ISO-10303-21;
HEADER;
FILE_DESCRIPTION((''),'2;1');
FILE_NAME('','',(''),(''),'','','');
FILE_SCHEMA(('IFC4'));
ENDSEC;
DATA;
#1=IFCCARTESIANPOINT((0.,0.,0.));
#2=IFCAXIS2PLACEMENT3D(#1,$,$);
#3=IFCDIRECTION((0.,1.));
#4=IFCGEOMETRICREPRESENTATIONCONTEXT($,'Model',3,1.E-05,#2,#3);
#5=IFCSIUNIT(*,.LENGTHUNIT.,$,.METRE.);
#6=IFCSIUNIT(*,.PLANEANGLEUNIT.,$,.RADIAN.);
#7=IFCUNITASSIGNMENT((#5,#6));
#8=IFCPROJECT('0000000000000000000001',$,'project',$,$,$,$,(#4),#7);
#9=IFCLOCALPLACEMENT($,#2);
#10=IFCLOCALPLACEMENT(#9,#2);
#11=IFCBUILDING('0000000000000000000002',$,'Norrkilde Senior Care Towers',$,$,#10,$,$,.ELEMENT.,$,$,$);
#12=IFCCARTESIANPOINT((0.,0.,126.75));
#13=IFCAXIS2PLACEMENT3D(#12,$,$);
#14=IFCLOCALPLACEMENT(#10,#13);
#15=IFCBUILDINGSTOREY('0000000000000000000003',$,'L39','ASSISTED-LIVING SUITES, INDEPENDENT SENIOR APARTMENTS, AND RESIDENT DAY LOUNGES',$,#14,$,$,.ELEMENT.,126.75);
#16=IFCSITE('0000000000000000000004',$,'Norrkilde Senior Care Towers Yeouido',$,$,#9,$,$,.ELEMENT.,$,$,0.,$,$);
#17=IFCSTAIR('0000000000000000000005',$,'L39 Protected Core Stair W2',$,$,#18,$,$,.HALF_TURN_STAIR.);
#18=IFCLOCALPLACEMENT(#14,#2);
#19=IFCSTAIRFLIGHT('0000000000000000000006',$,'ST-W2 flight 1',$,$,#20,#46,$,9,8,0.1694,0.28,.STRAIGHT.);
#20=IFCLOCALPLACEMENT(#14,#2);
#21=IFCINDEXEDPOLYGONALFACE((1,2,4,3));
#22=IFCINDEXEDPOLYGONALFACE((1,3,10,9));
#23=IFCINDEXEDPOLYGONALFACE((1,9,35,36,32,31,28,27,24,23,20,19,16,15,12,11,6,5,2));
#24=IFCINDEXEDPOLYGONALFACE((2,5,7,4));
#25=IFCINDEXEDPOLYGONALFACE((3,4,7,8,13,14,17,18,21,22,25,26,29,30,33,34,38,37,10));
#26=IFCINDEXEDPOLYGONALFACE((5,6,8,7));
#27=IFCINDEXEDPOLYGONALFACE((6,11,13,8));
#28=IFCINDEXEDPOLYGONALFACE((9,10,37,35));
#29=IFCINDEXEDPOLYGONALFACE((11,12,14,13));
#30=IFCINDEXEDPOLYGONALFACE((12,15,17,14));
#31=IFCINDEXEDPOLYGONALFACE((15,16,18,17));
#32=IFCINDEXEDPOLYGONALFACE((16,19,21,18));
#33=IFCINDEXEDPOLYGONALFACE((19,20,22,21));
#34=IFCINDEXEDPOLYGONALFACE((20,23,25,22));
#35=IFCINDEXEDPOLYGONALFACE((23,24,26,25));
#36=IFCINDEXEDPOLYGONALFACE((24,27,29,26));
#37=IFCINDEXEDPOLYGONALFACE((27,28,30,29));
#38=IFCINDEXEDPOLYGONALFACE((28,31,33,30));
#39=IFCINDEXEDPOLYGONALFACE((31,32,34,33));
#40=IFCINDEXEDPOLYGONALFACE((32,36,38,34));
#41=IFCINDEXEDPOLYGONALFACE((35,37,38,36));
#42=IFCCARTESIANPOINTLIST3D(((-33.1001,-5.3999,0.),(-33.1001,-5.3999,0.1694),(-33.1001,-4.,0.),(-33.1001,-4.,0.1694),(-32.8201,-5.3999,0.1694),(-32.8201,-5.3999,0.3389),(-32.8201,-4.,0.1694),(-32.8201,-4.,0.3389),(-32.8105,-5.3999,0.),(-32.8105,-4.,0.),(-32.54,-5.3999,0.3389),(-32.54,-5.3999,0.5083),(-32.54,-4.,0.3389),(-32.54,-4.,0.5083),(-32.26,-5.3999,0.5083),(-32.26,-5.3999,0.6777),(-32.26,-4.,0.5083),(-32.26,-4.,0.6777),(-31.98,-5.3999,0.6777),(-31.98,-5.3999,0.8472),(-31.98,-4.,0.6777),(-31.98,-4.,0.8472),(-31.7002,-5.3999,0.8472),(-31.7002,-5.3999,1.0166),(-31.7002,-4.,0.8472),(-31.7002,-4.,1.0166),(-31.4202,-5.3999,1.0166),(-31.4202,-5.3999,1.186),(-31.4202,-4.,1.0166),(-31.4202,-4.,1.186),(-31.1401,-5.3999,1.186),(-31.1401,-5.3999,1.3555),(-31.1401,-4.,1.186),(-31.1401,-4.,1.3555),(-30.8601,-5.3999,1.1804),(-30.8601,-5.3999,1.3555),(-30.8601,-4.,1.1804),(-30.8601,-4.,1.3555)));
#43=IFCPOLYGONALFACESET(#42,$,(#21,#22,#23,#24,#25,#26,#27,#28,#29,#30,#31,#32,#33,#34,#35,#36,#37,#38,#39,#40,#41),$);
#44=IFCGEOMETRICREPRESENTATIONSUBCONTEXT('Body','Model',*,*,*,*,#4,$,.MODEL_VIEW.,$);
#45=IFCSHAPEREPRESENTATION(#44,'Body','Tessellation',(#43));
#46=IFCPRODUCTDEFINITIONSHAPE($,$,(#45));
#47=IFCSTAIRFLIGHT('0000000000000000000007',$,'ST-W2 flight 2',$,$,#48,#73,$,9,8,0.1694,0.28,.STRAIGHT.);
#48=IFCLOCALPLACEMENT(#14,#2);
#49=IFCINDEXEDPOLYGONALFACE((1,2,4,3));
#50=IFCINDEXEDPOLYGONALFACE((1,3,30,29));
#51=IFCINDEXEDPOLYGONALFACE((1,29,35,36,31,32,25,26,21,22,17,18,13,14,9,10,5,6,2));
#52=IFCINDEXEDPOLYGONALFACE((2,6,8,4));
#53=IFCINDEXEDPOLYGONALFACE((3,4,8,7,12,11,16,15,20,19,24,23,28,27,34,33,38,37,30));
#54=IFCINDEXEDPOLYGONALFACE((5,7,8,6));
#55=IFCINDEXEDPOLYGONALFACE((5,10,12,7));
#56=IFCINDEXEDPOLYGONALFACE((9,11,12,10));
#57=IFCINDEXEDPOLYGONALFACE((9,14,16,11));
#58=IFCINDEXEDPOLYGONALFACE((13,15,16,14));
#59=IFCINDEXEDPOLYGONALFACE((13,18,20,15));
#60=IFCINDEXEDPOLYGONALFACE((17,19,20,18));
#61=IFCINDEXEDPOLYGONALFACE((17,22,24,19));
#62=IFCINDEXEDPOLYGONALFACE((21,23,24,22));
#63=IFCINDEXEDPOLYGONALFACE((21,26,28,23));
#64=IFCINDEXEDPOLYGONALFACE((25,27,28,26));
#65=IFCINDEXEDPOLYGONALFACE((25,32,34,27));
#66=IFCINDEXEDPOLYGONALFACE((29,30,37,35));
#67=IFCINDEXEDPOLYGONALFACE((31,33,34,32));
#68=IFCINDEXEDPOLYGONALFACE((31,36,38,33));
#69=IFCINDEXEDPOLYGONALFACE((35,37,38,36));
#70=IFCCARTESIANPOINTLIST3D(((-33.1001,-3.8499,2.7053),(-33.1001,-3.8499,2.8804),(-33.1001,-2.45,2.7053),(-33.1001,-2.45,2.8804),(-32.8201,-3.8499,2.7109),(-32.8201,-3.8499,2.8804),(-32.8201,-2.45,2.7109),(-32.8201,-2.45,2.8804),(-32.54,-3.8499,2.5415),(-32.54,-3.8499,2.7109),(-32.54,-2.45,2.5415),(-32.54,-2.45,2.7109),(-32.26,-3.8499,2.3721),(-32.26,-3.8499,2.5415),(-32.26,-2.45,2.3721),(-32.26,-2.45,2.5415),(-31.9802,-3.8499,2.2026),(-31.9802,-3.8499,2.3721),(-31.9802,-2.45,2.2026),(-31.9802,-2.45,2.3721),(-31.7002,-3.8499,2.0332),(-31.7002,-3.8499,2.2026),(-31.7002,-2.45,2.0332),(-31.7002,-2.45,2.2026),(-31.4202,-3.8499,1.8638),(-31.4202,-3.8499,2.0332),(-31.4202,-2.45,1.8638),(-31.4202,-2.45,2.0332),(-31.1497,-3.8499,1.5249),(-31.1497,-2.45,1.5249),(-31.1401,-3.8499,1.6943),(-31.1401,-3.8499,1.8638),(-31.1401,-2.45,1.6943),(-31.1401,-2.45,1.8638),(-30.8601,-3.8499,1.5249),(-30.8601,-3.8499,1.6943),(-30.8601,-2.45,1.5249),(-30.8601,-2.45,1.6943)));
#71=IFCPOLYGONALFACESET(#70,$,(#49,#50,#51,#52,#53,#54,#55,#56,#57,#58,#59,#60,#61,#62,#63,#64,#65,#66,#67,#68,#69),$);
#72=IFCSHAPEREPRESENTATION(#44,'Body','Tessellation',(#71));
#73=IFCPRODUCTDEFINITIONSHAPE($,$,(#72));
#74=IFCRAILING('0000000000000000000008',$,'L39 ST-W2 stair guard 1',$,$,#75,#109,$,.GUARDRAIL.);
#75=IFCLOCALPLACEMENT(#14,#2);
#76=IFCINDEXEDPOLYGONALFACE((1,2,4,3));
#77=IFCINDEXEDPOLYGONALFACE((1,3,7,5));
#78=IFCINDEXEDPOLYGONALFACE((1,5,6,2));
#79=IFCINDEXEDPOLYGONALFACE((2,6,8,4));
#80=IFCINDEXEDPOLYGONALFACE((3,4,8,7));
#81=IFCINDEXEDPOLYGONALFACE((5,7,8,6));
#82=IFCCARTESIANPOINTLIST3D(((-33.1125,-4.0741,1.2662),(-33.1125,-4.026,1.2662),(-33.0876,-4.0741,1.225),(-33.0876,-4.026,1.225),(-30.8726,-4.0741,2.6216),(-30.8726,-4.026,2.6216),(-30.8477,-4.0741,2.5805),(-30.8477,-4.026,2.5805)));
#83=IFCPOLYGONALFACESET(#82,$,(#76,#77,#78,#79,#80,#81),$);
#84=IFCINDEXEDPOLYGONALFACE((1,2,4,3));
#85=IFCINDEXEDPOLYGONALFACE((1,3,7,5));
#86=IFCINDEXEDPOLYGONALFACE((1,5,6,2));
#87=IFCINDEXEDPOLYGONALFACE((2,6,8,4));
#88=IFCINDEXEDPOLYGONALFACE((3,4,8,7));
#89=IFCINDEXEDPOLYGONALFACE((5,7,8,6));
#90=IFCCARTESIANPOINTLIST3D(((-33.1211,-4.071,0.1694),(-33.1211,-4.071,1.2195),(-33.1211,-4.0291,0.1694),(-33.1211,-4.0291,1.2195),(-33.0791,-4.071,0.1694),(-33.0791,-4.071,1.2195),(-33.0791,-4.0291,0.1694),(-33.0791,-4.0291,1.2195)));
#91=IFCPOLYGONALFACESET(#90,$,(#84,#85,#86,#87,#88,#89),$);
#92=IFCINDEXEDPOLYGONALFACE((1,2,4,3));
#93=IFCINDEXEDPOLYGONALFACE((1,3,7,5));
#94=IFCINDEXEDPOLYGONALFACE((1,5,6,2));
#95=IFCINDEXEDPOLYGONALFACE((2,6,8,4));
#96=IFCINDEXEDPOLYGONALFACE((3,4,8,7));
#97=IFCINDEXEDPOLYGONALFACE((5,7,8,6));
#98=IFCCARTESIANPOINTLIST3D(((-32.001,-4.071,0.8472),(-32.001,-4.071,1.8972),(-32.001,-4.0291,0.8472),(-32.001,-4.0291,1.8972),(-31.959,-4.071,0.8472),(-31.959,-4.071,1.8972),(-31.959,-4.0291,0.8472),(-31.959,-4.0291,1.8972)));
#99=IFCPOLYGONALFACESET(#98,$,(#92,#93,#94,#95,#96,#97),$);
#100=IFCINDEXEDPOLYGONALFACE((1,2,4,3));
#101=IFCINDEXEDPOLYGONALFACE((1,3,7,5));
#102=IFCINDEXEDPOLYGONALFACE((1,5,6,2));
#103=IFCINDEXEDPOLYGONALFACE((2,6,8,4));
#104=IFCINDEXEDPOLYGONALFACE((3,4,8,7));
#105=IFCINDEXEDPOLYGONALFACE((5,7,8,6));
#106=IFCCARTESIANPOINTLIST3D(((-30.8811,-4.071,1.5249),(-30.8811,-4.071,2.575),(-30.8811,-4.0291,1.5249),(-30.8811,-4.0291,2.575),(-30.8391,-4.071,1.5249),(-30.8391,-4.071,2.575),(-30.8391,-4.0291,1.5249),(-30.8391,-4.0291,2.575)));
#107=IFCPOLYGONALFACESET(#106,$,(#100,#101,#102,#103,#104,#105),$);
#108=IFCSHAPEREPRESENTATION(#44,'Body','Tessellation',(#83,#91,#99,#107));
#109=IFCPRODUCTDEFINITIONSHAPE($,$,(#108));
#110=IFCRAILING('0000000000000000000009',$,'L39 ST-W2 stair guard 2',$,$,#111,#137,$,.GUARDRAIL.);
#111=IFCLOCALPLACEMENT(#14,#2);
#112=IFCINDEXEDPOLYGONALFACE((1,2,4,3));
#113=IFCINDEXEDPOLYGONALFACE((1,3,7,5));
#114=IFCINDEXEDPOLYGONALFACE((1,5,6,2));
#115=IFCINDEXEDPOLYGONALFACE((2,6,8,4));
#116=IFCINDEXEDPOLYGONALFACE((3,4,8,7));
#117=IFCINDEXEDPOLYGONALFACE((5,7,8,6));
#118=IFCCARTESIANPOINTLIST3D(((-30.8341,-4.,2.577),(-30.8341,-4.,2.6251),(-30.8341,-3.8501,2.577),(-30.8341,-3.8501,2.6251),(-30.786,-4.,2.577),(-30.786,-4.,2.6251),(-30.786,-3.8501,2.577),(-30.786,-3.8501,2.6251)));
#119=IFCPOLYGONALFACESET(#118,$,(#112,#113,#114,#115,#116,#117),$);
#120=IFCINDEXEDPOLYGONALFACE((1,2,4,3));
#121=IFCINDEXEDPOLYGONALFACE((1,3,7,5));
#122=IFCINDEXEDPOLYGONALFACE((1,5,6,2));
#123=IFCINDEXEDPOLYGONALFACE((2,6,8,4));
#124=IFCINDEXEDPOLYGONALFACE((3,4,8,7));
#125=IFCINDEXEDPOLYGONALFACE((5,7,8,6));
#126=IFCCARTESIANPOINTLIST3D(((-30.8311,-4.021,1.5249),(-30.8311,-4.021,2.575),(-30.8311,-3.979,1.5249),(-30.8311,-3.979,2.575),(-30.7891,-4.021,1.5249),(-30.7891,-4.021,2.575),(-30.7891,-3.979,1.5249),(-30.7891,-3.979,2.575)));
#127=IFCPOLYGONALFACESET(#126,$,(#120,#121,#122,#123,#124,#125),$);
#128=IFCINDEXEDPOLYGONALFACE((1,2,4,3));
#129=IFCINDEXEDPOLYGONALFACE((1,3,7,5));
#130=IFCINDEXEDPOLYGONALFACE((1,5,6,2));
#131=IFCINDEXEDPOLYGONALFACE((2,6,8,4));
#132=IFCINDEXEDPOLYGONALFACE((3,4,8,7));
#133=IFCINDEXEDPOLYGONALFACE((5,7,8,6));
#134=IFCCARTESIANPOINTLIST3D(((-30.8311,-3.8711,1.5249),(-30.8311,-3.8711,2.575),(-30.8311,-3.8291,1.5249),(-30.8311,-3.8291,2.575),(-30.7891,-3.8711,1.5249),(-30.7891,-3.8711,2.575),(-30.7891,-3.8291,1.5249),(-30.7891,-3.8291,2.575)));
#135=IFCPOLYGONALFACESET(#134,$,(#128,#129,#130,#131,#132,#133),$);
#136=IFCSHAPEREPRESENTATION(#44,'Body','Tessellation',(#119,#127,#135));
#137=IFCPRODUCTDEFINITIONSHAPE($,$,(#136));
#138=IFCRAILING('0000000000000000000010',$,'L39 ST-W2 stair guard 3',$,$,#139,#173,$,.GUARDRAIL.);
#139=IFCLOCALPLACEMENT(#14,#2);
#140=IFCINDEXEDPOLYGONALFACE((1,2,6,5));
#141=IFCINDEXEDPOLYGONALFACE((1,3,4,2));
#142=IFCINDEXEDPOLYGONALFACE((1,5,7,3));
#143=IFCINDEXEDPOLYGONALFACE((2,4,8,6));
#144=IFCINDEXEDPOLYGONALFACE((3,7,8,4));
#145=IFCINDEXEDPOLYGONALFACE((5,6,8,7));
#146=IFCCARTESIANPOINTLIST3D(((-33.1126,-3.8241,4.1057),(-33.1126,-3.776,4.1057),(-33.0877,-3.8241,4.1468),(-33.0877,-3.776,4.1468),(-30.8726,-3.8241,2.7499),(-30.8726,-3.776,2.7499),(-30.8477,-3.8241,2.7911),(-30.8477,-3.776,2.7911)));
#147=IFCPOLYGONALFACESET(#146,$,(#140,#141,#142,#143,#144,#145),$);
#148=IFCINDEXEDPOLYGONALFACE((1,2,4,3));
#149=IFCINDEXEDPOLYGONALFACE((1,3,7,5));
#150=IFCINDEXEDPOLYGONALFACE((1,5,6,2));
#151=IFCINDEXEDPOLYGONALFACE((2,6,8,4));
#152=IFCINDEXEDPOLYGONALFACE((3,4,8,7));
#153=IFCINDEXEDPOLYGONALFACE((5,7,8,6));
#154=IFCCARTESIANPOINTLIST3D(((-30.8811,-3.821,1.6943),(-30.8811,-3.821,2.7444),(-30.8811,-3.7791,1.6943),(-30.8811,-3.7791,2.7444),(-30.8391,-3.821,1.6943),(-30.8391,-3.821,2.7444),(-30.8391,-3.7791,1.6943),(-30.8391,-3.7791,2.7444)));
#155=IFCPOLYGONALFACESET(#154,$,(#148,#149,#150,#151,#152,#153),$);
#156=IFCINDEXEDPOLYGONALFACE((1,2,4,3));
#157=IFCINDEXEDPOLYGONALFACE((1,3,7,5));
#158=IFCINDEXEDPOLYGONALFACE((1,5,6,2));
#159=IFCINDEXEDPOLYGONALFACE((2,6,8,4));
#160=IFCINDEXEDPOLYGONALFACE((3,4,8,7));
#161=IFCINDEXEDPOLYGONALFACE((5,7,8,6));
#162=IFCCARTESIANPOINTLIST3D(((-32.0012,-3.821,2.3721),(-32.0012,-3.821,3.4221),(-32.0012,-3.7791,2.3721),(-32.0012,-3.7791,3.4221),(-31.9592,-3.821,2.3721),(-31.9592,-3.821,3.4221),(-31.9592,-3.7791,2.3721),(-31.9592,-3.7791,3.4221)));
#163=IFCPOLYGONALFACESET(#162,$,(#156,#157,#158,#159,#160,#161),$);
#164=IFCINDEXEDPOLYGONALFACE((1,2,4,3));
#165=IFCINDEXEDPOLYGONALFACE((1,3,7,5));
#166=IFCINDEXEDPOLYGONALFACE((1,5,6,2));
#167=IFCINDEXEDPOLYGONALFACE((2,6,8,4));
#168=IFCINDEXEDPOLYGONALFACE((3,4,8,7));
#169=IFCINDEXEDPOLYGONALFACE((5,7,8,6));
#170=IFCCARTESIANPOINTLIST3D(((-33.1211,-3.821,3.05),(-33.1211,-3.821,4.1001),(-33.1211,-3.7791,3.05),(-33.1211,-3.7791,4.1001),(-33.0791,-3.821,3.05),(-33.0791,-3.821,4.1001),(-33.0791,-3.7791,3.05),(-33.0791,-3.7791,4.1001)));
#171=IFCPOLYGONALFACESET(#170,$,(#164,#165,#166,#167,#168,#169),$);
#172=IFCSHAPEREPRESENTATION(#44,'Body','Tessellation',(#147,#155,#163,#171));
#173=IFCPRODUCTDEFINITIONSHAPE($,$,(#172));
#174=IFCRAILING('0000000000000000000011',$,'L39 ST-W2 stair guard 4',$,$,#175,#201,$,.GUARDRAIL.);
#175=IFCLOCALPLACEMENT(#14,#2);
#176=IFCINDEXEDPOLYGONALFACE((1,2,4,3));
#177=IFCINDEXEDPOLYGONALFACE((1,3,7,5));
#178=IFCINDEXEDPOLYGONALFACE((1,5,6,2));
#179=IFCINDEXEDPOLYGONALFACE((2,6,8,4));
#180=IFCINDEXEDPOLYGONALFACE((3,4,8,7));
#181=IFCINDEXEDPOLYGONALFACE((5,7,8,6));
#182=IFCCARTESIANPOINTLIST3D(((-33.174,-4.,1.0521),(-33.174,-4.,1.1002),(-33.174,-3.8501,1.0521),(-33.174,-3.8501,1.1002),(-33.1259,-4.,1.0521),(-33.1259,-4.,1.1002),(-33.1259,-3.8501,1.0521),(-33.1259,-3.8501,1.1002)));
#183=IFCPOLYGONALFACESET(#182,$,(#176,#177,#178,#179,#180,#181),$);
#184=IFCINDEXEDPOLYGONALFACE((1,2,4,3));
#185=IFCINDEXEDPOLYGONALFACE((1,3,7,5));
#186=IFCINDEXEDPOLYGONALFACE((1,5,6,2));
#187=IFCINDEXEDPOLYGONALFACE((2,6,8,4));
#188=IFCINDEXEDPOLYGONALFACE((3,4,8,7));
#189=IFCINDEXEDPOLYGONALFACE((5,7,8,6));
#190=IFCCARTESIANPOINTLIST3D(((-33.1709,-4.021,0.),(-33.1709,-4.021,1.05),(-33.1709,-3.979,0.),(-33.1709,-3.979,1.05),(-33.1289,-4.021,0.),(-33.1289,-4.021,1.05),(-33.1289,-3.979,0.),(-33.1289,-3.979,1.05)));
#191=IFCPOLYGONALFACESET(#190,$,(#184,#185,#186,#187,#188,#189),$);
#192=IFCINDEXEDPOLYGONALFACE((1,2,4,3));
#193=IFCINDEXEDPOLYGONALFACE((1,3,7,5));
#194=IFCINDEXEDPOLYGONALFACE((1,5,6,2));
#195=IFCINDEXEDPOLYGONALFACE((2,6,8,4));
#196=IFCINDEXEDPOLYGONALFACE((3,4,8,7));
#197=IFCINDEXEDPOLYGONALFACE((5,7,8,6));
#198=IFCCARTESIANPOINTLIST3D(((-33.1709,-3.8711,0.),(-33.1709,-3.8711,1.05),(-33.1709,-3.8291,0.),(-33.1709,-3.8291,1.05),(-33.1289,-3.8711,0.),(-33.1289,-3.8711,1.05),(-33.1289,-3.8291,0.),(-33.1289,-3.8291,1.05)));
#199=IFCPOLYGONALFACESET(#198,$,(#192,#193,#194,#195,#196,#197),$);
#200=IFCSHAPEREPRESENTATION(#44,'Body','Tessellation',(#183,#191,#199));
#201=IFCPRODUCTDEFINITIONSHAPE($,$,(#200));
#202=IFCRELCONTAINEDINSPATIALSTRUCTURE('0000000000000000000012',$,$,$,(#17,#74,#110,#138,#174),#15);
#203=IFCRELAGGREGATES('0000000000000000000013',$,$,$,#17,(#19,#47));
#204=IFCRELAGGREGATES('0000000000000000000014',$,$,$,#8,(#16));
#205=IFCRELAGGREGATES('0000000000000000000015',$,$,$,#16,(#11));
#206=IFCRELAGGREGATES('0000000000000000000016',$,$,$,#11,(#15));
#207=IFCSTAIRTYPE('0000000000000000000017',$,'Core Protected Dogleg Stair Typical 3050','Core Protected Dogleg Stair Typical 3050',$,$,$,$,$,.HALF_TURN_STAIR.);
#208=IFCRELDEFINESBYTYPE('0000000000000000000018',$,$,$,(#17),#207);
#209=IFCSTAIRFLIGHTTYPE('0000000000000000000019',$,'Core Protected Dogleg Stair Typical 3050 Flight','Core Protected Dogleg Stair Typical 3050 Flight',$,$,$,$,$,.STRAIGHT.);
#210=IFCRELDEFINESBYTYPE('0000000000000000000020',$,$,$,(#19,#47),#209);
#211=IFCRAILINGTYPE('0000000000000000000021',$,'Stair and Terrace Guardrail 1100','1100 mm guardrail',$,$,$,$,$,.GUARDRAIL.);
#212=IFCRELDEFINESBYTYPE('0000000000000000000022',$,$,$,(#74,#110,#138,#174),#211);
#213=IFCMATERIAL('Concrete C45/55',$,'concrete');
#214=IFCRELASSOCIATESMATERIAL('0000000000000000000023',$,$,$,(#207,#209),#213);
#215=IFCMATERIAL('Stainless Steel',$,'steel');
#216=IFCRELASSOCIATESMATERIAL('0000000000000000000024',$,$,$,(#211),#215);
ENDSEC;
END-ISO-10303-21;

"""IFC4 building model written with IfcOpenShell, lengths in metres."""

from ifc_helpers import new_model, si_unit, direction, frame, origin, origin_2d, place, context, subcontext, project, spatial, polyline, rectangle, outline, extrude, material, type_object, element, aggregate, save


model = new_model("IFC4")

# Units and contexts
model_context = context("Model", 3, precision=1e-05, world=origin(), true_north=direction((0.0, 1.0)))
body_context = subcontext(model_context, "Body", "Model", "MODEL_VIEW")
ifc_project = project(units=[si_unit("LENGTHUNIT", "METRE"), si_unit("PLANEANGLEUNIT", "RADIAN")], contexts=[model_context])

# Site, building, storey
site_placement = place(None, origin())
site = spatial("IfcSite", under=ifc_project, at=site_placement, Name="Norrkilde Senior Care Towers Yeouido", CompositionType="ELEMENT", RefElevation=0.0)
building_placement = place(site_placement, origin())
building = spatial("IfcBuilding", under=site, at=building_placement, Name="Norrkilde Senior Care Towers", CompositionType="ELEMENT")
storey_placement = place(building_placement, frame((0.0, 0.0, 126.75)))
storey = spatial("IfcBuildingStorey", under=building, at=storey_placement, Name="L39", Description="ASSISTED-LIVING SUITES, INDEPENDENT SENIOR APARTMENTS, AND RESIDENT DAY LOUNGES", CompositionType="ELEMENT", Elevation=126.75)

# Shared definitions
ifc_material_1 = material(Name="Concrete C45/55", Category="concrete")

# Stair, stair flights
stair_type = type_object("IfcStairType", Name="Core Protected Dogleg Stair Typical 3050", Description="Core Protected Dogleg Stair Typical 3050", PredefinedType="HALF_TURN_STAIR", material=ifc_material_1)
stair_placement = place(storey_placement, origin())
stair = element("IfcStair", 1, at=stair_placement, inside=storey, type_object=stair_type, Name="L39 Protected Core Stair W2", PredefinedType="HALF_TURN_STAIR")
stair_flight_type = type_object("IfcStairFlightType", Name="Core Protected Dogleg Stair Typical 3050 Flight", Description="Core Protected Dogleg Stair Typical 3050 Flight", PredefinedType="STRAIGHT", material=ifc_material_1)
stair_flight_1_placement = place(storey_placement, frame((-33.1001, -4.7, 0.0), z_axis=(0.0, 0.0, 1.0), x_axis=(1.0, 0.0, 0.0)))
stair_flight_1 = element("IfcStairFlight", 2, at=stair_flight_1_placement, type_object=stair_flight_type, Name="ST-W2 flight 1", NumberOfRisers=9, NumberOfTreads=8, PredefinedType="STRAIGHT", RiserHeight=0.1694, TreadLength=0.28, context=body_context, shape_type="SweptSolid", body=[
    extrude(outline(polyline([(0.0, 0.0), (0.0, 0.1694), (0.28, 0.1694), (0.28, 0.3389), (0.5601, 0.3389), (0.5601, 0.5083), (0.8401, 0.5083), (0.8401, 0.6777), (1.1201, 0.6777), (1.1201, 0.8472), (1.3999, 0.8472), (1.3999, 1.0166), (1.6799, 1.0166), (1.6799, 1.186), (1.96, 1.186), (1.96, 1.3555), (2.24, 1.3555), (2.24, 1.5249), (2.24, 1.1804), (0.2896, 0.0), (0.0, 0.0)])), frame((0.0, 0.7, 0.0), z_axis=(0.0, -1.0, 0.0), x_axis=(1.0, 0.0, 0.0)), (0.0, 0.0, 1.0), 1.3999),
])
stair_flight_2_placement = place(storey_placement, frame((-30.8601, -3.1499, 1.5249), z_axis=(0.0, 0.0, 1.0), x_axis=(-1.0, 0.0, 0.0)))
stair_flight_2 = element("IfcStairFlight", 3, at=stair_flight_2_placement, type_object=stair_flight_type, Name="ST-W2 flight 2", NumberOfRisers=9, NumberOfTreads=8, PredefinedType="STRAIGHT", RiserHeight=0.1694, TreadLength=0.28, context=body_context, shape_type="SweptSolid", body=[
    extrude(outline(polyline([(0.0, 0.0), (0.0, 0.1694), (0.28, 0.1694), (0.28, 0.3389), (0.5601, 0.3389), (0.5601, 0.5083), (0.8401, 0.5083), (0.8401, 0.6777), (1.1201, 0.6777), (1.1201, 0.8472), (1.3999, 0.8472), (1.3999, 1.0166), (1.6799, 1.0166), (1.6799, 1.186), (1.96, 1.186), (1.96, 1.3555), (2.24, 1.3555), (2.24, 1.5249), (2.24, 1.1804), (0.2896, 0.0), (0.0, 0.0)])), frame((0.0, 0.7, 0.0), z_axis=(0.0, -1.0, 0.0), x_axis=(1.0, 0.0, 0.0)), (0.0, 0.0, 1.0), 1.3999),
])
aggregate(stair, [stair_flight_1, stair_flight_2])

# Railings
ifc_material_2 = material(Name="Stainless Steel", Category="steel")
railing_type_1 = type_object("IfcRailingType", Name="Stair and Terrace Guardrail 1100", Description="1100 mm guardrail", PredefinedType="GUARDRAIL", material=ifc_material_2)
railing_1_placement = place(storey_placement, frame((-33.1001, -4.05, 0.1694)))
element("IfcRailing", 4, at=railing_1_placement, inside=storey, type_object=railing_type_1, Name="L39 ST-W2 stair guard 1", PredefinedType="GUARDRAIL", context=body_context, shape_type="SweptSolid", body=[
    extrude(rectangle(XDim=0.0481, YDim=0.0481, at=origin_2d()), frame((0.0, 0.0, 1.0762), z_axis=(0.855553, 0.0, 0.517715), x_axis=(0.0, 1.0, 0.0)), (0.0, 0.0, 1.0), 2.6182),
    extrude(rectangle(XDim=0.042, YDim=0.042, at=origin_2d()), origin(), (0.0, 0.0, 1.0), 1.05),
    extrude(rectangle(XDim=0.042, YDim=0.042, at=origin_2d()), frame((1.1201, 0.0, 0.6777)), (0.0, 0.0, 1.0), 1.05),
    extrude(rectangle(XDim=0.042, YDim=0.042, at=origin_2d()), frame((2.24, 0.0, 1.3555)), (0.0, 0.0, 1.0), 1.05),
])
railing_2_placement = place(storey_placement, frame((-30.8101, -4.0, 1.5249)))
element("IfcRailing", 5, at=railing_2_placement, inside=storey, type_object=railing_type_1, Name="L39 ST-W2 stair guard 2", PredefinedType="GUARDRAIL", context=body_context, shape_type="SweptSolid", body=[
    extrude(rectangle(XDim=0.0481, YDim=0.0481, at=origin_2d()), frame((0.0, 0.0, 1.0762), z_axis=(0.0, 1.0, 0.0), x_axis=(-1.0, 0.0, 0.0)), (0.0, 0.0, 1.0), 0.1499),
    extrude(rectangle(XDim=0.042, YDim=0.042, at=origin_2d()), origin(), (0.0, 0.0, 1.0), 1.05),
    extrude(rectangle(XDim=0.042, YDim=0.042, at=origin_2d()), frame((0.0, 0.1499, 0.0)), (0.0, 0.0, 1.0), 1.05),
])
railing_3_placement = place(storey_placement, frame((-30.8601, -3.8, 1.6943)))
element("IfcRailing", 6, at=railing_3_placement, inside=storey, type_object=railing_type_1, Name="L39 ST-W2 stair guard 3", PredefinedType="GUARDRAIL", context=body_context, shape_type="SweptSolid", body=[
    extrude(rectangle(XDim=0.0481, YDim=0.0481, at=origin_2d()), frame((0.0, 0.0, 1.0762), z_axis=(-0.855512, 0.0, 0.517783), x_axis=(0.0, -1.0, 0.0)), (0.0, 0.0, 1.0), 2.6184),
    extrude(rectangle(XDim=0.042, YDim=0.042, at=origin_2d()), origin(), (0.0, 0.0, 1.0), 1.05),
    extrude(rectangle(XDim=0.042, YDim=0.042, at=origin_2d()), frame((-1.1201, 0.0, 0.6777)), (0.0, 0.0, 1.0), 1.05),
    extrude(rectangle(XDim=0.042, YDim=0.042, at=origin_2d()), frame((-2.24, 0.0, 1.3557)), (0.0, 0.0, 1.0), 1.05),
])
railing_4_placement = place(storey_placement, frame((-33.1499, -4.0, 0.0)))
element("IfcRailing", 7, at=railing_4_placement, inside=storey, type_object=railing_type_1, Name="L39 ST-W2 stair guard 4", PredefinedType="GUARDRAIL", context=body_context, shape_type="SweptSolid", body=[
    extrude(rectangle(XDim=0.0481, YDim=0.0481, at=origin_2d()), frame((0.0, 0.0, 1.0762), z_axis=(0.0, 1.0, 0.0), x_axis=(-1.0, 0.0, 0.0)), (0.0, 0.0, 1.0), 0.1499),
    extrude(rectangle(XDim=0.042, YDim=0.042, at=origin_2d()), origin(), (0.0, 0.0, 1.0), 1.05),
    extrude(rectangle(XDim=0.042, YDim=0.042, at=origin_2d()), frame((0.0, 0.1499, 0.0)), (0.0, 0.0, 1.0), 1.05),
])

save(model, "model.ifc")
